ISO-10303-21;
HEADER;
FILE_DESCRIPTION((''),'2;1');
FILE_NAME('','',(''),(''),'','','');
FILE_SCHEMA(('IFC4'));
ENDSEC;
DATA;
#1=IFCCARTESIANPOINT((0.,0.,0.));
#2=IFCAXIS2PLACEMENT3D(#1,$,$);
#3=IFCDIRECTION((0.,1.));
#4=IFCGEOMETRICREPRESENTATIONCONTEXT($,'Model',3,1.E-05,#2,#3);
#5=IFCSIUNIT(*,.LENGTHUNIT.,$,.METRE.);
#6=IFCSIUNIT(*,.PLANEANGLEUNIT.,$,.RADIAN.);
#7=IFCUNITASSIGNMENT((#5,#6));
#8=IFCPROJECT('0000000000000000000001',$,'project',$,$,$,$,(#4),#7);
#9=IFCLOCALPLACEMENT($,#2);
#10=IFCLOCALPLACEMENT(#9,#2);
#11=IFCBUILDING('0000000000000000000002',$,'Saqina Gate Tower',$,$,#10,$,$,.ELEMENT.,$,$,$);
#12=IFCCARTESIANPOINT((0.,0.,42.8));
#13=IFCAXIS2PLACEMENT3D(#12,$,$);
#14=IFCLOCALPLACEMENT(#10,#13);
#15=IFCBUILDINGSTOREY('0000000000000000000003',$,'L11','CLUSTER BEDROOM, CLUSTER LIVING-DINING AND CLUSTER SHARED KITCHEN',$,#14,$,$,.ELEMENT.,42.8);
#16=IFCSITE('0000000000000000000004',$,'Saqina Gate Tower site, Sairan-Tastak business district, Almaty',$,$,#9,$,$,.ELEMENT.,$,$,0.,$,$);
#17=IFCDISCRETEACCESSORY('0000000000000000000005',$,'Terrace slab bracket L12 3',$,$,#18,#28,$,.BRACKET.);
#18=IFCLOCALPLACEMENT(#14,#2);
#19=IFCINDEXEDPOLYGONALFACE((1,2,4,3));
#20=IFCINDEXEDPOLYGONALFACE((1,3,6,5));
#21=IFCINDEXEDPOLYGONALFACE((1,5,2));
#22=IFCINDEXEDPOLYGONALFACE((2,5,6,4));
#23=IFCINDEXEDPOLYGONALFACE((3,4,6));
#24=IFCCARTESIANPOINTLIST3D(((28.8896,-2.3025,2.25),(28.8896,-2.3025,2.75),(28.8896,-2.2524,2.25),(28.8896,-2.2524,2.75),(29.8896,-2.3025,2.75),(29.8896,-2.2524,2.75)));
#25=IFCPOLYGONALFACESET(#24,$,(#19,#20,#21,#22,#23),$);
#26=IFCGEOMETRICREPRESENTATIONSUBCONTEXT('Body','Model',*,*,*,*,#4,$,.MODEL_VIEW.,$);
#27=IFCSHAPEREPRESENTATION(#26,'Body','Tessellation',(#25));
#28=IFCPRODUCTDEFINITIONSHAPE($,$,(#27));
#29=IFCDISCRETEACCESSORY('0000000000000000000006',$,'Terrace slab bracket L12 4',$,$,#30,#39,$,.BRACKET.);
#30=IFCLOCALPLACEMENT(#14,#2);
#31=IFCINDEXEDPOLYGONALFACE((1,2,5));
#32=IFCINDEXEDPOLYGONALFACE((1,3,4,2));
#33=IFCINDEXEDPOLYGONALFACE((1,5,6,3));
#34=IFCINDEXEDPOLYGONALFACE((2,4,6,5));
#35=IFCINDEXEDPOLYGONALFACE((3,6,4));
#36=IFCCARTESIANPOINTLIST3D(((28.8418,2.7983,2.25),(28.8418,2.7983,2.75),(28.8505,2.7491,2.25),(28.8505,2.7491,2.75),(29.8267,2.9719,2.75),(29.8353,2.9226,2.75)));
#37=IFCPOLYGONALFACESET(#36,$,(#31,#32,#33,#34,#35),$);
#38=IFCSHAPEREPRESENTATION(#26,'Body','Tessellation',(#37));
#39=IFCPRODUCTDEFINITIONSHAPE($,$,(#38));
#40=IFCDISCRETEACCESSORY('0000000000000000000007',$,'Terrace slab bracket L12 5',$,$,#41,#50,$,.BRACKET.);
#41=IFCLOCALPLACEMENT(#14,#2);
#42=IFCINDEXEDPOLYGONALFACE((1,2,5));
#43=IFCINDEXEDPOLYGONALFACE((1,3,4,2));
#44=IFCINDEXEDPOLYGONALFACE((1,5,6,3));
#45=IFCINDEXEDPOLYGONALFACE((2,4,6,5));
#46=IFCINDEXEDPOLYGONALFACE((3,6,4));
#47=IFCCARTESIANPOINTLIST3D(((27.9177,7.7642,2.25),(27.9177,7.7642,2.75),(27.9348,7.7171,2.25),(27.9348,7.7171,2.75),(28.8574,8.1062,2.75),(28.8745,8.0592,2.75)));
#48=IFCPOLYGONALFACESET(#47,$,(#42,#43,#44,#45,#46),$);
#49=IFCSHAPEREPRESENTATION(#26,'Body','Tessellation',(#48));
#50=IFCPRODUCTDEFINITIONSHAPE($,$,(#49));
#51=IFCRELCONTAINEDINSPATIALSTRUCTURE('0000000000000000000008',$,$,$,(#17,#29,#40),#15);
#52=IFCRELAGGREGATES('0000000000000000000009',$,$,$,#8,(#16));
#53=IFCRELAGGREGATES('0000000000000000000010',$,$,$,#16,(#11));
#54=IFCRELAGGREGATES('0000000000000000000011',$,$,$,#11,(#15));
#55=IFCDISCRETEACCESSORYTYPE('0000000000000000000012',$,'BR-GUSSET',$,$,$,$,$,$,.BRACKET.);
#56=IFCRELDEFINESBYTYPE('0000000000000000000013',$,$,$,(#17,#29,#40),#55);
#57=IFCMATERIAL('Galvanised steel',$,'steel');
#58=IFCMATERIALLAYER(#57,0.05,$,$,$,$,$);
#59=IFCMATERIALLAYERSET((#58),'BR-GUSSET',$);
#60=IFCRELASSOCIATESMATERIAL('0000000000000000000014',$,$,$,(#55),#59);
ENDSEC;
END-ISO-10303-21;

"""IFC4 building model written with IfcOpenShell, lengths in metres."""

from ifc_helpers import new_model, si_unit, direction, frame, origin, place, context, subcontext, project, spatial, polyline, outline, extrude, material, layer, layer_set, type_object, element, save


model = new_model("IFC4")

# Units and contexts
model_context = context("Model", 3, precision=1e-05, world=origin(), true_north=direction((0.0, 1.0)))
body_context = subcontext(model_context, "Body", "Model", "MODEL_VIEW")
ifc_project = project(units=[si_unit("LENGTHUNIT", "METRE"), si_unit("PLANEANGLEUNIT", "RADIAN")], contexts=[model_context])

# Site, building, storey
site_placement = place(None, origin())
site = spatial("IfcSite", under=ifc_project, at=site_placement, Name="Saqina Gate Tower site, Sairan-Tastak business district, Almaty", CompositionType="ELEMENT", RefElevation=0.0)
building_placement = place(site_placement, origin())
building = spatial("IfcBuilding", under=site, at=building_placement, Name="Saqina Gate Tower", CompositionType="ELEMENT")
storey_placement = place(building_placement, frame((0.0, 0.0, 42.8)))
storey = spatial("IfcBuildingStorey", under=building, at=storey_placement, Name="L11", Description="CLUSTER BEDROOM, CLUSTER LIVING-DINING AND CLUSTER SHARED KITCHEN", CompositionType="ELEMENT", Elevation=42.8)

# Discrete accessories
ifc_material_1 = material(Name="Galvanised steel", Category="steel")
ifc_layer_1 = layer(ifc_material_1, 0.05)
ifc_layer_set_1 = layer_set([ifc_layer_1], Name="BR-GUSSET")
discrete_accessory_type = type_object("IfcDiscreteAccessoryType", Name="BR-GUSSET", PredefinedType="BRACKET", material=ifc_layer_set_1)
discrete_accessory_1_placement = place(storey_placement, frame((28.8896, -2.2524, 2.25), z_axis=(0.0, 1.0, 0.0), x_axis=(0.0, 0.0, 1.0)))
element("IfcDiscreteAccessory", 1, at=discrete_accessory_1_placement, inside=storey, type_object=discrete_accessory_type, Name="Terrace slab bracket L12 3", PredefinedType="BRACKET", context=body_context, shape_type="SweptSolid", body=[
    extrude(outline(polyline([(0.0, 0.0), (0.5, 0.0), (0.5, 1.0), (0.0, 0.0)])), origin(), (0.0, 0.0, -1.0), 0.05),
])
discrete_accessory_2_placement = place(storey_placement, frame((28.8418, 2.7983, 2.25), z_axis=(-0.173576, 0.98482, 0.0), x_axis=(0.0, 0.0, 1.0)))
element("IfcDiscreteAccessory", 2, at=discrete_accessory_2_placement, inside=storey, type_object=discrete_accessory_type, Name="Terrace slab bracket L12 4", PredefinedType="BRACKET", context=body_context, shape_type="SweptSolid", body=[
    extrude(outline(polyline([(0.0, 0.0), (0.5, 0.0), (0.5, 1.0), (0.0, 0.0)])), origin(), (0.0, 0.0, -1.0), 0.05),
])
discrete_accessory_3_placement = place(storey_placement, frame((27.9177, 7.7642, 2.25), z_axis=(-0.342037, 0.939686, 0.0), x_axis=(0.0, 0.0, 1.0)))
element("IfcDiscreteAccessory", 3, at=discrete_accessory_3_placement, inside=storey, type_object=discrete_accessory_type, Name="Terrace slab bracket L12 5", PredefinedType="BRACKET", context=body_context, shape_type="SweptSolid", body=[
    extrude(outline(polyline([(0.0, 0.0), (0.5, 0.0), (0.5, 1.0), (0.0, 0.0)])), origin(), (0.0, 0.0, -1.0), 0.05),
])

save(model, "model.ifc")
